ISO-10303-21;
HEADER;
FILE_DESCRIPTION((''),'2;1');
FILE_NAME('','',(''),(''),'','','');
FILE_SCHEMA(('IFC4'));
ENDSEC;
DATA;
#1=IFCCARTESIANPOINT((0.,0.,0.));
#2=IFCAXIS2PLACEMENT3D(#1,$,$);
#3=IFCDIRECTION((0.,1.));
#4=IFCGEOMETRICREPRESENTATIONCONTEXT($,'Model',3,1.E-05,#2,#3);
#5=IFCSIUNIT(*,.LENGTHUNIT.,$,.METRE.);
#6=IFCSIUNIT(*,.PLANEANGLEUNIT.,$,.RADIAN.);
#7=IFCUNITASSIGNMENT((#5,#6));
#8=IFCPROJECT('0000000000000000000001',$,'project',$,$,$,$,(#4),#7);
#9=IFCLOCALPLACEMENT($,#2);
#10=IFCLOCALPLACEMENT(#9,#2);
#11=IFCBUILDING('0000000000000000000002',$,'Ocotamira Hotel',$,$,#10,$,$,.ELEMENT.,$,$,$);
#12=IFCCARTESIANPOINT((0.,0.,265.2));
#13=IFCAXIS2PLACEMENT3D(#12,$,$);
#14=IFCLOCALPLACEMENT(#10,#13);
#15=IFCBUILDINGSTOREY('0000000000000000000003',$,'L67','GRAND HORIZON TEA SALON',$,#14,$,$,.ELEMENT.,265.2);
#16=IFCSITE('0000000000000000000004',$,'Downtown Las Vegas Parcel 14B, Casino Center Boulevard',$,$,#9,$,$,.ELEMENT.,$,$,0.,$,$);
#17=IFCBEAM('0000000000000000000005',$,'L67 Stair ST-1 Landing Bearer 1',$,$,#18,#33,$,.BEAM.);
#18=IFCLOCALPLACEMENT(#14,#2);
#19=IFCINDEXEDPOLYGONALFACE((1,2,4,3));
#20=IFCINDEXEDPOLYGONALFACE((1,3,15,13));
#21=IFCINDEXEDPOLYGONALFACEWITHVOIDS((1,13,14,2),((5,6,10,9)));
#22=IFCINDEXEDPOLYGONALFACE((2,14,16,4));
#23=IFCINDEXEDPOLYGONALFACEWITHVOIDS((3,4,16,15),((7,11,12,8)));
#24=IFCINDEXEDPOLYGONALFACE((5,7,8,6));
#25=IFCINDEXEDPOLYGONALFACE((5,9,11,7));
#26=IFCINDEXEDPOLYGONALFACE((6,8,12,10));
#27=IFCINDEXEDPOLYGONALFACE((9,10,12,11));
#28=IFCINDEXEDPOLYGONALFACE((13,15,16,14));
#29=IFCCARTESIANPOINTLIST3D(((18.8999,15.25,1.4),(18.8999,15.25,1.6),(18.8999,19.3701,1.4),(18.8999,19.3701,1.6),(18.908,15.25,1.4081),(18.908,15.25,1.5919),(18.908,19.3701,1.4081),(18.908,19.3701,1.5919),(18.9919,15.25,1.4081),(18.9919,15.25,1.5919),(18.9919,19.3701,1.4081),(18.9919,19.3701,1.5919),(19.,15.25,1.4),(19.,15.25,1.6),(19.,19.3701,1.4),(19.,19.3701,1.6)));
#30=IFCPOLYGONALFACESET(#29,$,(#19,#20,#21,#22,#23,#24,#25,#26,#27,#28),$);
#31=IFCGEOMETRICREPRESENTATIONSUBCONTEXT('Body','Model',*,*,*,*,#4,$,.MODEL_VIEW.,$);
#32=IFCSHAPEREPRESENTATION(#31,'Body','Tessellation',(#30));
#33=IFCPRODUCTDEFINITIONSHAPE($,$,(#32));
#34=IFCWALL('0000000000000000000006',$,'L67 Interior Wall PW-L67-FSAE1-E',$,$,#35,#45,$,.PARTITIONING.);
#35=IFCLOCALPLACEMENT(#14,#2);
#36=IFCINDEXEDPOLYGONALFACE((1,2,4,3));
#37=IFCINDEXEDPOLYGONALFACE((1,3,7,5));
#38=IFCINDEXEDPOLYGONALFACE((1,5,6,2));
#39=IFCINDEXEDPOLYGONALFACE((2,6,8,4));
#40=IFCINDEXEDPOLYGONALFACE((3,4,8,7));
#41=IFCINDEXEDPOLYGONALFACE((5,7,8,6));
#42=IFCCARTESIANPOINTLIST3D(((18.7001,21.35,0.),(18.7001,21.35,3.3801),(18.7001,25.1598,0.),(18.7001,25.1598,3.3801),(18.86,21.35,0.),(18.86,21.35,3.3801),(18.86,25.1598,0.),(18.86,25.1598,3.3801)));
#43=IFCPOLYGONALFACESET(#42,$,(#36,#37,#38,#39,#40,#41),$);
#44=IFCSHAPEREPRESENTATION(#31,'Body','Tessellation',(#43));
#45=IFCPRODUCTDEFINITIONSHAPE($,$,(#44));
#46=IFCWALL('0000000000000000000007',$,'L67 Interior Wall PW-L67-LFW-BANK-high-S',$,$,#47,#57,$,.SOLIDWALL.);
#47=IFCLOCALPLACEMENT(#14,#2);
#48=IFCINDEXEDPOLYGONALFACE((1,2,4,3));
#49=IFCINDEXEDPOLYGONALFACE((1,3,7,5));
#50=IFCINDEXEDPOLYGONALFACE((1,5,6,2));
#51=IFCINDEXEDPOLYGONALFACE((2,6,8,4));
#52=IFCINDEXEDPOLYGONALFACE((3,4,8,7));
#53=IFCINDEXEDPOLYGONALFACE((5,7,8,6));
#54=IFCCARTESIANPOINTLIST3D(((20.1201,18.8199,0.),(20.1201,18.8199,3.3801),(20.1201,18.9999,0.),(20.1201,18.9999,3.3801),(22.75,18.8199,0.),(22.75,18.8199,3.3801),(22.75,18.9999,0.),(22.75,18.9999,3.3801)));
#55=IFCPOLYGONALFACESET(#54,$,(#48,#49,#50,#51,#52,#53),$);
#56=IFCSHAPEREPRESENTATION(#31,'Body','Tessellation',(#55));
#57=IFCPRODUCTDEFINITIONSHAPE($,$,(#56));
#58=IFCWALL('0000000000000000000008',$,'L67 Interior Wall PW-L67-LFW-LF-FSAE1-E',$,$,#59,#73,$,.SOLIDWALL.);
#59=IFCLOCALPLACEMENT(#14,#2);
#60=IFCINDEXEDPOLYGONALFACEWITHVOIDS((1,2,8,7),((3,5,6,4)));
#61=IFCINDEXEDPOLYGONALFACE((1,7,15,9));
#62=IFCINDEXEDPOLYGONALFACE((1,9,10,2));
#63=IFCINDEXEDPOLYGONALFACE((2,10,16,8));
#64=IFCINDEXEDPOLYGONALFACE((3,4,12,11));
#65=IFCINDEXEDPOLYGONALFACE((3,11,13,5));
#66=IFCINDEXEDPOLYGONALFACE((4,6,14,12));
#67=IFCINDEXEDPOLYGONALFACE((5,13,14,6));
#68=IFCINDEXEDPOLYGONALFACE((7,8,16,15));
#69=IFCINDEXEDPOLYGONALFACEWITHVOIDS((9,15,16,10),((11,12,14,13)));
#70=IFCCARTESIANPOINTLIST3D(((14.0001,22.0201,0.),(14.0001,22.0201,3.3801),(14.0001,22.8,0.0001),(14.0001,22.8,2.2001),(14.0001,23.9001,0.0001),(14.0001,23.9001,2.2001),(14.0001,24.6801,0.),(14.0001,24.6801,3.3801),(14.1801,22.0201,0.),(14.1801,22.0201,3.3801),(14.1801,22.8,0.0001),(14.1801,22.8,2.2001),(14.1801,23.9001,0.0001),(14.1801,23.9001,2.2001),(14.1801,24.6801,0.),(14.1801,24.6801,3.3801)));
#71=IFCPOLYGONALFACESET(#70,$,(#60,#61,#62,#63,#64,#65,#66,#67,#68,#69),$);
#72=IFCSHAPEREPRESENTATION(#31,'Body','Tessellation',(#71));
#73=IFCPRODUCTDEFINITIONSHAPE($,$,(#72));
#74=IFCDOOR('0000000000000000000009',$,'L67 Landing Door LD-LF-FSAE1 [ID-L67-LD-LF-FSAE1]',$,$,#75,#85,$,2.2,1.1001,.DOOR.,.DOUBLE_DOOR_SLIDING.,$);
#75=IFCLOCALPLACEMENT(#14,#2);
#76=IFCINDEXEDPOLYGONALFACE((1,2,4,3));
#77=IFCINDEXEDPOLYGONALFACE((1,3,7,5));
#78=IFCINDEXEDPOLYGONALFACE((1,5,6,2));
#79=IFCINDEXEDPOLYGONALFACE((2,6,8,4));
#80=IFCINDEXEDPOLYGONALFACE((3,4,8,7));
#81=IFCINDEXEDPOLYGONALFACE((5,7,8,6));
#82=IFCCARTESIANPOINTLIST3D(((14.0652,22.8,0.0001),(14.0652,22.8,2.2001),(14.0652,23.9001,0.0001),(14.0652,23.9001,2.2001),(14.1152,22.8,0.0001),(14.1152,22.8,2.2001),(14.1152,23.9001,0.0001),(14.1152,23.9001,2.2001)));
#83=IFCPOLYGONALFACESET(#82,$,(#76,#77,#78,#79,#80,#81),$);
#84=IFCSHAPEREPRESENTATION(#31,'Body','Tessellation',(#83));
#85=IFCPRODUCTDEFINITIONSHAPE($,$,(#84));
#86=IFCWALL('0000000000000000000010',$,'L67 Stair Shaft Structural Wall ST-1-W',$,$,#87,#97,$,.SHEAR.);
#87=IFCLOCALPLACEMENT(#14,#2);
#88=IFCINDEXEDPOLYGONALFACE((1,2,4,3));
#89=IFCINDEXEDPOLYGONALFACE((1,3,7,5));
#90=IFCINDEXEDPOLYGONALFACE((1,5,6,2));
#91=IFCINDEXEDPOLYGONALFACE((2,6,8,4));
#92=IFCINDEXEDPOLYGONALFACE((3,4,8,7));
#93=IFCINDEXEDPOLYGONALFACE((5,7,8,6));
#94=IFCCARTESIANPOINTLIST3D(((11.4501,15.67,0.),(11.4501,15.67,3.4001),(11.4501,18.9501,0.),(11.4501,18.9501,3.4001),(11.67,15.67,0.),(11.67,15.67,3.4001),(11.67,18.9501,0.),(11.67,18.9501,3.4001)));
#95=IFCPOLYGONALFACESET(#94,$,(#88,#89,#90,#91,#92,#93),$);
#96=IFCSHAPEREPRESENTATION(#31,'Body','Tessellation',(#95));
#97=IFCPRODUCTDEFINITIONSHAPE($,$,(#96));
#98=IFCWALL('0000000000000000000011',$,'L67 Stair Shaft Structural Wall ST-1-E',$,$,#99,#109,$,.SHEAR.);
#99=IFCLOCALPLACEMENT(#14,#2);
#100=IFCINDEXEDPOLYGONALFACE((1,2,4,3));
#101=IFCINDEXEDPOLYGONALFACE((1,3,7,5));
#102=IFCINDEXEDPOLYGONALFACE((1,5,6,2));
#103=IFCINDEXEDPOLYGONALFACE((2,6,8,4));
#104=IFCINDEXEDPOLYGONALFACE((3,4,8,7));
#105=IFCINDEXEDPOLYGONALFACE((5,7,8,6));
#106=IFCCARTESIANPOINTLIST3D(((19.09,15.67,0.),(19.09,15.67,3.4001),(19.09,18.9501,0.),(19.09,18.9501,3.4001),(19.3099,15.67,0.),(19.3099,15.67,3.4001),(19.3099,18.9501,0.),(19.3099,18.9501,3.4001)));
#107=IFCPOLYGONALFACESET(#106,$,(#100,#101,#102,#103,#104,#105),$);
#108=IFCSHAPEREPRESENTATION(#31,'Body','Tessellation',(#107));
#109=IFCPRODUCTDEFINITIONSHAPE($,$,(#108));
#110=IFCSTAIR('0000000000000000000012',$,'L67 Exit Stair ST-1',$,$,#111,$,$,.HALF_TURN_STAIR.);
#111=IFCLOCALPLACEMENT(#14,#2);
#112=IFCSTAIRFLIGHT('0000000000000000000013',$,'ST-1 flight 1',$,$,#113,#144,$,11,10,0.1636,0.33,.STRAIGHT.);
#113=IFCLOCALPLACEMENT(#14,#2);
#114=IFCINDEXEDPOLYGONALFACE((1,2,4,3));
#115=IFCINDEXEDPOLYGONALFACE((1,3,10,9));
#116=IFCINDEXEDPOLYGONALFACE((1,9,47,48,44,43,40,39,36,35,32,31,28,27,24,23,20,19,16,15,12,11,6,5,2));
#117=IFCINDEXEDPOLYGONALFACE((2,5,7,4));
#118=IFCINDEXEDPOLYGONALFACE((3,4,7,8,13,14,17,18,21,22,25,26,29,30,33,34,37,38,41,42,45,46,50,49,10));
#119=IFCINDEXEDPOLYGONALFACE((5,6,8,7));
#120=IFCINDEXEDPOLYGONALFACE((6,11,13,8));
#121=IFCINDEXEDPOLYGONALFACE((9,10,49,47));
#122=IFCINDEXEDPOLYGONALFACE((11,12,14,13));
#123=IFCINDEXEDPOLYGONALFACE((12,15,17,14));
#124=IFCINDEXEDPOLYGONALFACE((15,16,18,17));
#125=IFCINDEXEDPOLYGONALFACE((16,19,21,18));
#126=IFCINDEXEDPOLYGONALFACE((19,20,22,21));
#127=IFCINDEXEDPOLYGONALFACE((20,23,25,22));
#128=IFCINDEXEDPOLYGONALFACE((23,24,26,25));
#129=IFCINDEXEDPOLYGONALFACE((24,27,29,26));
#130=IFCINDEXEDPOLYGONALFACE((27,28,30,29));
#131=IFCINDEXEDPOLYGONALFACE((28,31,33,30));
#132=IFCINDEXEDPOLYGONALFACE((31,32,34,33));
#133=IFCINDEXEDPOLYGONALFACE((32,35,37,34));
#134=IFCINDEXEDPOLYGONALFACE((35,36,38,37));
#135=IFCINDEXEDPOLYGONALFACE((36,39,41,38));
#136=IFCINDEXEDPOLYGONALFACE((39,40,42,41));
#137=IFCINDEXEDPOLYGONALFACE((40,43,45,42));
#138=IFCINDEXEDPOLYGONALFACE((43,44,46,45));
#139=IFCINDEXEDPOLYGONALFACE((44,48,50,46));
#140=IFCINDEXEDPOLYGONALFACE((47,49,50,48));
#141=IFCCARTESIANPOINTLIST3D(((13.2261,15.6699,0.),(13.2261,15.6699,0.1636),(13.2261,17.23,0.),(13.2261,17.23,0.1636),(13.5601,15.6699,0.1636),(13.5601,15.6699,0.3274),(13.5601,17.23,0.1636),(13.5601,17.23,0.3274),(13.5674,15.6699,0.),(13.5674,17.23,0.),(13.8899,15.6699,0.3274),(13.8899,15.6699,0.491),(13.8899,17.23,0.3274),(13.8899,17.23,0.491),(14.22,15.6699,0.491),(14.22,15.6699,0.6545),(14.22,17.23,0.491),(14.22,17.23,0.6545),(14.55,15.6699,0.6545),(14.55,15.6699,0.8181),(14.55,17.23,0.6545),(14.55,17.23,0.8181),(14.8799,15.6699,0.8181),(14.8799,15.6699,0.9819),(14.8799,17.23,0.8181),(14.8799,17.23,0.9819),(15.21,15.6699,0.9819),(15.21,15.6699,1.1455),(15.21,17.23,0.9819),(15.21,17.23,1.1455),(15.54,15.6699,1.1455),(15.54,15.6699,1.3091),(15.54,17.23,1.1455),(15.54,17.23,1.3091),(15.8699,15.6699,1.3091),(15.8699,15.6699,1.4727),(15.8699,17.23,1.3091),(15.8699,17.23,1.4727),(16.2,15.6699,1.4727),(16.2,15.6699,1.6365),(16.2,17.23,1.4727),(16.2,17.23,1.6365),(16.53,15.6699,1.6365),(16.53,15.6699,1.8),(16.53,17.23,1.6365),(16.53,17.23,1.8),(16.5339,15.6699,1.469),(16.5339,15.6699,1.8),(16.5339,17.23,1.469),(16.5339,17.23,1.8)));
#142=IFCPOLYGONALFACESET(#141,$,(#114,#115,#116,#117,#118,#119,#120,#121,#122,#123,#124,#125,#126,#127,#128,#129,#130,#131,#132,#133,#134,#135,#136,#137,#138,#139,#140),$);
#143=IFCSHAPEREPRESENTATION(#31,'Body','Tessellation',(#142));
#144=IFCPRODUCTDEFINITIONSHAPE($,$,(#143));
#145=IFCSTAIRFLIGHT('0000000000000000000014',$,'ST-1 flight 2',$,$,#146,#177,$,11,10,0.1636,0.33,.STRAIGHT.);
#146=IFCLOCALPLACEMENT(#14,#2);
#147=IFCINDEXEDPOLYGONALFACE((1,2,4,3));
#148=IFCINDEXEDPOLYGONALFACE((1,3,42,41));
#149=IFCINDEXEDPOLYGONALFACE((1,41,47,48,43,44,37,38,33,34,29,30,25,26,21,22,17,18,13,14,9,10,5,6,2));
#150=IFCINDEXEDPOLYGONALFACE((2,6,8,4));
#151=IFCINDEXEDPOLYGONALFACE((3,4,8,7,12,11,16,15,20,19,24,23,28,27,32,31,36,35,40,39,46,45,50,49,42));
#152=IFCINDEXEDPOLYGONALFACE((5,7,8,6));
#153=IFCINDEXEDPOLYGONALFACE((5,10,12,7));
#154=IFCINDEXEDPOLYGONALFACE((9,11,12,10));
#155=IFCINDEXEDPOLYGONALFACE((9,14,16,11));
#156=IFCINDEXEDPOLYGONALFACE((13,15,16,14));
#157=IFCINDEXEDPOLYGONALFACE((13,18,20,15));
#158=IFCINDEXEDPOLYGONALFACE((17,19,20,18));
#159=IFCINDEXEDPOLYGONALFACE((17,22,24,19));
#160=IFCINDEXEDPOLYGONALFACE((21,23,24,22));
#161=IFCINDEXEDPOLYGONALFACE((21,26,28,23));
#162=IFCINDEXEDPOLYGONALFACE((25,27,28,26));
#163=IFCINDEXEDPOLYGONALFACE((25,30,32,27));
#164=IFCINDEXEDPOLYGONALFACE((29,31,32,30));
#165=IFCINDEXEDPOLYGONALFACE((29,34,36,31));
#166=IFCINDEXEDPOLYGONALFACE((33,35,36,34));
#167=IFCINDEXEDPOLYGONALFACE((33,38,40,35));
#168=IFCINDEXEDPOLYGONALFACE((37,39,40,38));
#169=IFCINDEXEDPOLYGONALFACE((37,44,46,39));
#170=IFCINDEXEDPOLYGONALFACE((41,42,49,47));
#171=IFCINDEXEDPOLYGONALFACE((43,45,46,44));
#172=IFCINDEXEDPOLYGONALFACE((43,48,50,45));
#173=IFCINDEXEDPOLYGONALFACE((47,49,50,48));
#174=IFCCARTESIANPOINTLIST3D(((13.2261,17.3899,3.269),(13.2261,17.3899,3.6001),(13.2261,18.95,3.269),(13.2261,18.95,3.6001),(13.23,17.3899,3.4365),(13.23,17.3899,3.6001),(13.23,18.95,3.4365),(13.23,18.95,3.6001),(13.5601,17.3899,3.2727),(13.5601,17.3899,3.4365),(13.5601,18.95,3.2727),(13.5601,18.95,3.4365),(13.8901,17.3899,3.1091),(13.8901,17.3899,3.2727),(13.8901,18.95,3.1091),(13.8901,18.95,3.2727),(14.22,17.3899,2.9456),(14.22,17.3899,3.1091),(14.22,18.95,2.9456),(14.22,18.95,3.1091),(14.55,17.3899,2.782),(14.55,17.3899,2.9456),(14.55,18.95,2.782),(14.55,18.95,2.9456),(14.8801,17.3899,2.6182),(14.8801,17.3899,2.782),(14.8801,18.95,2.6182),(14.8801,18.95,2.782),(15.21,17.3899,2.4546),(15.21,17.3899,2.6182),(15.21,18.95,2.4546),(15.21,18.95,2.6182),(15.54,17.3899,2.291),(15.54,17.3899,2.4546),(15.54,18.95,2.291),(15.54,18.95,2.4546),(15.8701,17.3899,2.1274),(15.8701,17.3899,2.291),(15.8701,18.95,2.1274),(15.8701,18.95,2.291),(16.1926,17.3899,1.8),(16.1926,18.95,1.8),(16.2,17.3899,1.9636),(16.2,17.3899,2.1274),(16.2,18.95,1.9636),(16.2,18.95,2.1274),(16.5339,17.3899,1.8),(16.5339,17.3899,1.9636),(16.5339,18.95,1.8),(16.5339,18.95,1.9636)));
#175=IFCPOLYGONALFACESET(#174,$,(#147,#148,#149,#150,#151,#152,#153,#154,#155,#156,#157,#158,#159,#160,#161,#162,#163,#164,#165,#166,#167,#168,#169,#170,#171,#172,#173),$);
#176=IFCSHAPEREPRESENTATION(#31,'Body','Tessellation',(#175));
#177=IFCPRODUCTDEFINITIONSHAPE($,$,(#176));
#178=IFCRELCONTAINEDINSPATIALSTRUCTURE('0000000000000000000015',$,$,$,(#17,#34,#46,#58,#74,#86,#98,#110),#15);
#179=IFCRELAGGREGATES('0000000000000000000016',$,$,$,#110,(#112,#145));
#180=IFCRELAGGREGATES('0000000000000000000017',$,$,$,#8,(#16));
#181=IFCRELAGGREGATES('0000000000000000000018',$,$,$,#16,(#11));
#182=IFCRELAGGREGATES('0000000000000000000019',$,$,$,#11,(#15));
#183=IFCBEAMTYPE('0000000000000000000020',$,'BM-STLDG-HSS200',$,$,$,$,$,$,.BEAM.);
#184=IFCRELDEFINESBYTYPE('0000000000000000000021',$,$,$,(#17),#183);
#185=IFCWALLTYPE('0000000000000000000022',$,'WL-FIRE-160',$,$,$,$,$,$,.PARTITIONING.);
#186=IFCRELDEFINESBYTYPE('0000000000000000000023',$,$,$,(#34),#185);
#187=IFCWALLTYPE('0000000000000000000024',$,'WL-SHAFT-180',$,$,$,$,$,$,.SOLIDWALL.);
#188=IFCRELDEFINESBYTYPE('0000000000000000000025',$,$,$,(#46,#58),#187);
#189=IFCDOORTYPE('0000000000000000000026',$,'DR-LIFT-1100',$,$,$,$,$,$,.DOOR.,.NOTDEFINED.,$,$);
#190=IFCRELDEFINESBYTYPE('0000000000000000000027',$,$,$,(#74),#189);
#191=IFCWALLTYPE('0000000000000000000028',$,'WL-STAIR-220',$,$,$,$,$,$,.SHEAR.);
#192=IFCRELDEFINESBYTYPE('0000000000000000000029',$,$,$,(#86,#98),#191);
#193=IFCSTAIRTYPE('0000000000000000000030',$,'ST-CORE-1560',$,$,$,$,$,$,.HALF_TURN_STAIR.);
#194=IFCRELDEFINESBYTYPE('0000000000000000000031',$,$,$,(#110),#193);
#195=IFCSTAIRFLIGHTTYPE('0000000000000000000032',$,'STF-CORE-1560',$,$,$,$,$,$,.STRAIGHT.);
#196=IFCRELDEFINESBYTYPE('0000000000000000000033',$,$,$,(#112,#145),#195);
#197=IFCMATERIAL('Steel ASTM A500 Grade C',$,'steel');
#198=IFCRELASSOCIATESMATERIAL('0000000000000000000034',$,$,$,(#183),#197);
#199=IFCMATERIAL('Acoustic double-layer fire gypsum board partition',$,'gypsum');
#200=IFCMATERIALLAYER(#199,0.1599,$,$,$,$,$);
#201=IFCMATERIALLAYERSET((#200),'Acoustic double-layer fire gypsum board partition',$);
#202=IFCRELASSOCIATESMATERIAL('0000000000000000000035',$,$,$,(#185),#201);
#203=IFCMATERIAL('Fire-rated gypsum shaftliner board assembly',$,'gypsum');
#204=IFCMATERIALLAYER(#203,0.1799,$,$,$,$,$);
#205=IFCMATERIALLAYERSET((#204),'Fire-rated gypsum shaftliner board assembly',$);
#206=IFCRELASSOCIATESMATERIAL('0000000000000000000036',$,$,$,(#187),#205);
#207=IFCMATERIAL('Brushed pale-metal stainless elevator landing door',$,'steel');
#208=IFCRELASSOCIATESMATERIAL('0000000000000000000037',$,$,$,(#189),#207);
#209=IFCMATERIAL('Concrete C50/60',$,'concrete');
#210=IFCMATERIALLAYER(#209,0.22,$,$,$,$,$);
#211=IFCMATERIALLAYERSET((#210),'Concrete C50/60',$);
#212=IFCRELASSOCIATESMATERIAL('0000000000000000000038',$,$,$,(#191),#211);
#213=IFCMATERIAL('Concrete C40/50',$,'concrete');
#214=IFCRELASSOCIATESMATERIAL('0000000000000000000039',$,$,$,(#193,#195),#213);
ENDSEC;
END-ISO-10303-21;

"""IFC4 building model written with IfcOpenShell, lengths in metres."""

from ifc_helpers import new_model, si_unit, direction, frame, frame_2d, origin, origin_2d, place, context, subcontext, project, spatial, polyline, rectangle, hollow_rectangle, outline, extrude, source, transform, mapped, material, layer, layer_set, material_profile, profile_set, type_object, element, fill, aggregate, save


model = new_model("IFC4")

# Units and contexts
model_context = context("Model", 3, precision=1e-05, world=origin(), true_north=direction((0.0, 1.0)))
body_context = subcontext(model_context, "Body", "Model", "MODEL_VIEW")
ifc_project = project(units=[si_unit("LENGTHUNIT", "METRE"), si_unit("PLANEANGLEUNIT", "RADIAN")], contexts=[model_context])

# Site, building, storey
site_placement = place(None, origin())
site = spatial("IfcSite", under=ifc_project, at=site_placement, Name="Downtown Las Vegas Parcel 14B, Casino Center Boulevard", CompositionType="ELEMENT", RefElevation=0.0)
building_placement = place(site_placement, origin())
building = spatial("IfcBuilding", under=site, at=building_placement, Name="Ocotamira Hotel", CompositionType="ELEMENT")
storey_placement = place(building_placement, frame((0.0, 0.0, 265.2)))
storey = spatial("IfcBuildingStorey", under=building, at=storey_placement, Name="L67", Description="GRAND HORIZON TEA SALON", CompositionType="ELEMENT", Elevation=265.2)

# Beam
ifc_material_1 = material(Name="Steel ASTM A500 Grade C", Category="steel")
ifc_material_profile = material_profile(ifc_material_1, hollow_rectangle(XDim=0.1001, YDim=0.2, WallThickness=0.0081, at=origin_2d()), Name="HSS200X100X8")
ifc_profile_set = profile_set([ifc_material_profile], Name="Steel ASTM A500 Grade C")
beam_type = type_object("IfcBeamType", Name="BM-STLDG-HSS200", PredefinedType="BEAM", material=ifc_profile_set)
shared_shape_1 = source(origin(), body_context, "Body", "SweptSolid", [
    extrude(hollow_rectangle(XDim=0.1001, YDim=0.2, WallThickness=0.0081, at=origin_2d()), origin(), (0.0, 0.0, 1.0), 4.1201),
])
beam_placement = place(storey_placement, frame((18.95, 15.25, 1.5), z_axis=(0.0, 1.0, 0.0), x_axis=(-1.0, 0.0, 0.0)))
element("IfcBeam", 1, at=beam_placement, inside=storey, type_object=beam_type, Name="L67 Stair ST-1 Landing Bearer 1", PredefinedType="BEAM", context=body_context, shape_type="MappedRepresentation", body=[
    mapped(shared_shape_1, transform((0.0, 0.0, 0.0), scale=1.0)),
])

# Shared definitions
ifc_material_2 = material(Name="Acoustic double-layer fire gypsum board partition", Category="gypsum")
ifc_layer_1 = layer(ifc_material_2, 0.1599)
ifc_layer_set_1 = layer_set([ifc_layer_1], Name="Acoustic double-layer fire gypsum board partition")
wall_type_1 = type_object("IfcWallType", Name="WL-FIRE-160", PredefinedType="PARTITIONING", material=ifc_layer_set_1)

# Walls
wall_1_placement = place(storey_placement, frame((18.78, 21.3501, 0.0), z_axis=(0.0, 0.0, 1.0), x_axis=(0.0, 1.0, 0.0)))
element("IfcWall", 2, at=wall_1_placement, inside=storey, type_object=wall_type_1, Name="L67 Interior Wall PW-L67-FSAE1-E", PredefinedType="PARTITIONING", context=body_context, shape_type="SweptSolid", body=[
    extrude(rectangle(XDim=3.8098, YDim=0.1599, at=frame_2d((1.9048, 0.0))), origin(), (0.0, 0.0, 1.0), 3.3801),
])
ifc_material_3 = material(Name="Fire-rated gypsum shaftliner board assembly", Category="gypsum")
ifc_layer_2 = layer(ifc_material_3, 0.1799)
ifc_layer_set_2 = layer_set([ifc_layer_2], Name="Fire-rated gypsum shaftliner board assembly")
wall_type_2 = type_object("IfcWallType", Name="WL-SHAFT-180", PredefinedType="SOLIDWALL", material=ifc_layer_set_2)
wall_2_placement = place(storey_placement, frame((20.1201, 18.9099, 0.0), z_axis=(0.0, 0.0, 1.0), x_axis=(1.0, 0.0, 0.0)))
element("IfcWall", 3, at=wall_2_placement, inside=storey, type_object=wall_type_2, Name="L67 Interior Wall PW-L67-LFW-BANK-high-S", PredefinedType="SOLIDWALL", context=body_context, shape_type="SweptSolid", body=[
    extrude(rectangle(XDim=2.6299, YDim=0.1799, at=frame_2d((1.3149, 0.0))), origin(), (0.0, 0.0, 1.0), 3.3801),
])

# Wall, opening, door
wall_3_placement = place(storey_placement, frame((14.0901, 22.02, 0.0), z_axis=(0.0, 0.0, 1.0), x_axis=(0.0, 1.0, 0.0)))
wall_3 = element("IfcWall", 4, at=wall_3_placement, inside=storey, type_object=wall_type_2, Name="L67 Interior Wall PW-L67-LFW-LF-FSAE1-E", PredefinedType="SOLIDWALL", context=body_context, shape_type="SweptSolid", body=[
    extrude(rectangle(XDim=2.6599, YDim=0.1799, at=frame_2d((1.3301, 0.0))), origin(), (0.0, 0.0, 1.0), 3.3801),
])
opening_1_placement = place(wall_3_placement, frame((0.78, 0.0, 0.0)))
opening_1 = element("IfcOpeningElement", 5, at=opening_1_placement, cuts=wall_3, PredefinedType="OPENING", context=body_context, shape_type="SweptSolid", body=[
    extrude(rectangle(XDim=1.1001, YDim=2.2, at=frame_2d((0.55, 1.1001))), frame((0.0, 0.1001, 0.0), z_axis=(0.0, -1.0, 0.0), x_axis=(1.0, 0.0, 0.0)), (0.0, 0.0, 1.0), 0.2),
])
ifc_material_4 = material(Name="Brushed pale-metal stainless elevator landing door", Category="steel")
door_type_1 = type_object("IfcDoorType", Name="DR-LIFT-1100", OperationType="NOTDEFINED", PredefinedType="DOOR", material=ifc_material_4)
shared_shape_2 = source(origin(), body_context, "Body", "SweptSolid", [
    extrude(rectangle(XDim=1.1001, YDim=2.2, at=frame_2d((0.55, 1.1001))), frame((0.0, 0.0249, 0.0), z_axis=(0.0, -1.0, 0.0), x_axis=(1.0, 0.0, 0.0)), (0.0, 0.0, 1.0), 0.05),
])
door_1_placement = place(opening_1_placement, origin())
door_1 = element("IfcDoor", 6, at=door_1_placement, inside=storey, type_object=door_type_1, Name="L67 Landing Door LD-LF-FSAE1 [ID-L67-LD-LF-FSAE1]", OperationType="DOUBLE_DOOR_SLIDING", OverallHeight=2.2, OverallWidth=1.1001, PredefinedType="DOOR", context=body_context, shape_type="MappedRepresentation", body=[
    mapped(shared_shape_2, transform((0.0, 0.0, 0.0), scale=1.0)),
])
fill(opening_1, door_1)

# Walls
ifc_material_5 = material(Name="Concrete C50/60", Category="concrete")
ifc_layer_3 = layer(ifc_material_5, 0.22)
ifc_layer_set_3 = layer_set([ifc_layer_3], Name="Concrete C50/60")
wall_type_3 = type_object("IfcWallType", Name="WL-STAIR-220", PredefinedType="SHEAR", material=ifc_layer_set_3)
for number, where, z_axis, x_axis, name in (
    (7, (11.5601, 15.6699, 0.0), (0.0, 0.0, 1.0), (0.0, 1.0, 0.0), "L67 Stair Shaft Structural Wall ST-1-W"),
    (8, (19.2, 15.6699, 0.0), (0.0, 0.0, 1.0), (0.0, 1.0, 0.0), "L67 Stair Shaft Structural Wall ST-1-E"),
):
    element("IfcWall", number, at=place(storey_placement, frame(where, z_axis=z_axis, x_axis=x_axis)), inside=storey, type_object=wall_type_3, Name=name, PredefinedType="SHEAR", context=body_context, shape_type="SweptSolid", body=[
        extrude(rectangle(XDim=3.28, YDim=0.22, at=frame_2d((1.6401, 0.0))), origin(), (0.0, 0.0, 1.0), 3.4001),
    ])

# Stair, stair flights
ifc_material_6 = material(Name="Concrete C40/50", Category="concrete")
stair_type = type_object("IfcStairType", Name="ST-CORE-1560", PredefinedType="HALF_TURN_STAIR", material=ifc_material_6)
stair_placement = place(storey_placement, origin())
stair = element("IfcStair", 9, at=stair_placement, inside=storey, type_object=stair_type, Name="L67 Exit Stair ST-1", PredefinedType="HALF_TURN_STAIR")
stair_flight_type = type_object("IfcStairFlightType", Name="STF-CORE-1560", PredefinedType="STRAIGHT", material=ifc_material_6)
shared_shape_3 = source(origin(), body_context, "Body", "SweptSolid", [
    extrude(outline(polyline([(-0.0039, 0.0), (-0.0039, 0.1636), (0.3301, 0.1636), (0.3301, 0.3274), (0.6599, 0.3274), (0.6599, 0.491), (0.99, 0.491), (0.99, 0.6545), (1.3201, 0.6545), (1.3201, 0.8181), (1.6499, 0.8181), (1.6499, 0.9819), (1.98, 0.9819), (1.98, 1.1455), (2.3101, 1.1455), (2.3101, 1.3091), (2.6399, 1.3091), (2.6399, 1.4727), (2.97, 1.4727), (2.97, 1.6365), (3.3, 1.6365), (3.3, 1.8), (3.304, 1.8), (3.304, 1.469), (0.3374, 0.0), (-0.0039, 0.0)])), frame((0.0, 0.78, 0.0), z_axis=(0.0, -1.0, 0.0), x_axis=(1.0, 0.0, 0.0)), (0.0, 0.0, 1.0), 1.5601),
])
stair_flight_1_placement = place(storey_placement, frame((13.23, 16.45, 0.0), z_axis=(0.0, 0.0, 1.0), x_axis=(1.0, 0.0, 0.0)))
stair_flight_1 = element("IfcStairFlight", 10, at=stair_flight_1_placement, type_object=stair_flight_type, Name="ST-1 flight 1", NumberOfRisers=11, NumberOfTreads=10, PredefinedType="STRAIGHT", RiserHeight=0.1636, TreadLength=0.33, context=body_context, shape_type="MappedRepresentation", body=[
    mapped(shared_shape_3, transform((0.0, 0.0, 0.0), scale=1.0)),
])
stair_flight_2_placement = place(storey_placement, frame((16.53, 18.1699, 1.8), z_axis=(0.0, 0.0, 1.0), x_axis=(-1.0, 0.0, 0.0)))
stair_flight_2 = element("IfcStairFlight", 11, at=stair_flight_2_placement, type_object=stair_flight_type, Name="ST-1 flight 2", NumberOfRisers=11, NumberOfTreads=10, PredefinedType="STRAIGHT", RiserHeight=0.1636, TreadLength=0.33, context=body_context, shape_type="MappedRepresentation", body=[
    mapped(shared_shape_3, transform((0.0, 0.0, 0.0), scale=1.0)),
])
aggregate(stair, [stair_flight_1, stair_flight_2])

save(model, "model.ifc")
